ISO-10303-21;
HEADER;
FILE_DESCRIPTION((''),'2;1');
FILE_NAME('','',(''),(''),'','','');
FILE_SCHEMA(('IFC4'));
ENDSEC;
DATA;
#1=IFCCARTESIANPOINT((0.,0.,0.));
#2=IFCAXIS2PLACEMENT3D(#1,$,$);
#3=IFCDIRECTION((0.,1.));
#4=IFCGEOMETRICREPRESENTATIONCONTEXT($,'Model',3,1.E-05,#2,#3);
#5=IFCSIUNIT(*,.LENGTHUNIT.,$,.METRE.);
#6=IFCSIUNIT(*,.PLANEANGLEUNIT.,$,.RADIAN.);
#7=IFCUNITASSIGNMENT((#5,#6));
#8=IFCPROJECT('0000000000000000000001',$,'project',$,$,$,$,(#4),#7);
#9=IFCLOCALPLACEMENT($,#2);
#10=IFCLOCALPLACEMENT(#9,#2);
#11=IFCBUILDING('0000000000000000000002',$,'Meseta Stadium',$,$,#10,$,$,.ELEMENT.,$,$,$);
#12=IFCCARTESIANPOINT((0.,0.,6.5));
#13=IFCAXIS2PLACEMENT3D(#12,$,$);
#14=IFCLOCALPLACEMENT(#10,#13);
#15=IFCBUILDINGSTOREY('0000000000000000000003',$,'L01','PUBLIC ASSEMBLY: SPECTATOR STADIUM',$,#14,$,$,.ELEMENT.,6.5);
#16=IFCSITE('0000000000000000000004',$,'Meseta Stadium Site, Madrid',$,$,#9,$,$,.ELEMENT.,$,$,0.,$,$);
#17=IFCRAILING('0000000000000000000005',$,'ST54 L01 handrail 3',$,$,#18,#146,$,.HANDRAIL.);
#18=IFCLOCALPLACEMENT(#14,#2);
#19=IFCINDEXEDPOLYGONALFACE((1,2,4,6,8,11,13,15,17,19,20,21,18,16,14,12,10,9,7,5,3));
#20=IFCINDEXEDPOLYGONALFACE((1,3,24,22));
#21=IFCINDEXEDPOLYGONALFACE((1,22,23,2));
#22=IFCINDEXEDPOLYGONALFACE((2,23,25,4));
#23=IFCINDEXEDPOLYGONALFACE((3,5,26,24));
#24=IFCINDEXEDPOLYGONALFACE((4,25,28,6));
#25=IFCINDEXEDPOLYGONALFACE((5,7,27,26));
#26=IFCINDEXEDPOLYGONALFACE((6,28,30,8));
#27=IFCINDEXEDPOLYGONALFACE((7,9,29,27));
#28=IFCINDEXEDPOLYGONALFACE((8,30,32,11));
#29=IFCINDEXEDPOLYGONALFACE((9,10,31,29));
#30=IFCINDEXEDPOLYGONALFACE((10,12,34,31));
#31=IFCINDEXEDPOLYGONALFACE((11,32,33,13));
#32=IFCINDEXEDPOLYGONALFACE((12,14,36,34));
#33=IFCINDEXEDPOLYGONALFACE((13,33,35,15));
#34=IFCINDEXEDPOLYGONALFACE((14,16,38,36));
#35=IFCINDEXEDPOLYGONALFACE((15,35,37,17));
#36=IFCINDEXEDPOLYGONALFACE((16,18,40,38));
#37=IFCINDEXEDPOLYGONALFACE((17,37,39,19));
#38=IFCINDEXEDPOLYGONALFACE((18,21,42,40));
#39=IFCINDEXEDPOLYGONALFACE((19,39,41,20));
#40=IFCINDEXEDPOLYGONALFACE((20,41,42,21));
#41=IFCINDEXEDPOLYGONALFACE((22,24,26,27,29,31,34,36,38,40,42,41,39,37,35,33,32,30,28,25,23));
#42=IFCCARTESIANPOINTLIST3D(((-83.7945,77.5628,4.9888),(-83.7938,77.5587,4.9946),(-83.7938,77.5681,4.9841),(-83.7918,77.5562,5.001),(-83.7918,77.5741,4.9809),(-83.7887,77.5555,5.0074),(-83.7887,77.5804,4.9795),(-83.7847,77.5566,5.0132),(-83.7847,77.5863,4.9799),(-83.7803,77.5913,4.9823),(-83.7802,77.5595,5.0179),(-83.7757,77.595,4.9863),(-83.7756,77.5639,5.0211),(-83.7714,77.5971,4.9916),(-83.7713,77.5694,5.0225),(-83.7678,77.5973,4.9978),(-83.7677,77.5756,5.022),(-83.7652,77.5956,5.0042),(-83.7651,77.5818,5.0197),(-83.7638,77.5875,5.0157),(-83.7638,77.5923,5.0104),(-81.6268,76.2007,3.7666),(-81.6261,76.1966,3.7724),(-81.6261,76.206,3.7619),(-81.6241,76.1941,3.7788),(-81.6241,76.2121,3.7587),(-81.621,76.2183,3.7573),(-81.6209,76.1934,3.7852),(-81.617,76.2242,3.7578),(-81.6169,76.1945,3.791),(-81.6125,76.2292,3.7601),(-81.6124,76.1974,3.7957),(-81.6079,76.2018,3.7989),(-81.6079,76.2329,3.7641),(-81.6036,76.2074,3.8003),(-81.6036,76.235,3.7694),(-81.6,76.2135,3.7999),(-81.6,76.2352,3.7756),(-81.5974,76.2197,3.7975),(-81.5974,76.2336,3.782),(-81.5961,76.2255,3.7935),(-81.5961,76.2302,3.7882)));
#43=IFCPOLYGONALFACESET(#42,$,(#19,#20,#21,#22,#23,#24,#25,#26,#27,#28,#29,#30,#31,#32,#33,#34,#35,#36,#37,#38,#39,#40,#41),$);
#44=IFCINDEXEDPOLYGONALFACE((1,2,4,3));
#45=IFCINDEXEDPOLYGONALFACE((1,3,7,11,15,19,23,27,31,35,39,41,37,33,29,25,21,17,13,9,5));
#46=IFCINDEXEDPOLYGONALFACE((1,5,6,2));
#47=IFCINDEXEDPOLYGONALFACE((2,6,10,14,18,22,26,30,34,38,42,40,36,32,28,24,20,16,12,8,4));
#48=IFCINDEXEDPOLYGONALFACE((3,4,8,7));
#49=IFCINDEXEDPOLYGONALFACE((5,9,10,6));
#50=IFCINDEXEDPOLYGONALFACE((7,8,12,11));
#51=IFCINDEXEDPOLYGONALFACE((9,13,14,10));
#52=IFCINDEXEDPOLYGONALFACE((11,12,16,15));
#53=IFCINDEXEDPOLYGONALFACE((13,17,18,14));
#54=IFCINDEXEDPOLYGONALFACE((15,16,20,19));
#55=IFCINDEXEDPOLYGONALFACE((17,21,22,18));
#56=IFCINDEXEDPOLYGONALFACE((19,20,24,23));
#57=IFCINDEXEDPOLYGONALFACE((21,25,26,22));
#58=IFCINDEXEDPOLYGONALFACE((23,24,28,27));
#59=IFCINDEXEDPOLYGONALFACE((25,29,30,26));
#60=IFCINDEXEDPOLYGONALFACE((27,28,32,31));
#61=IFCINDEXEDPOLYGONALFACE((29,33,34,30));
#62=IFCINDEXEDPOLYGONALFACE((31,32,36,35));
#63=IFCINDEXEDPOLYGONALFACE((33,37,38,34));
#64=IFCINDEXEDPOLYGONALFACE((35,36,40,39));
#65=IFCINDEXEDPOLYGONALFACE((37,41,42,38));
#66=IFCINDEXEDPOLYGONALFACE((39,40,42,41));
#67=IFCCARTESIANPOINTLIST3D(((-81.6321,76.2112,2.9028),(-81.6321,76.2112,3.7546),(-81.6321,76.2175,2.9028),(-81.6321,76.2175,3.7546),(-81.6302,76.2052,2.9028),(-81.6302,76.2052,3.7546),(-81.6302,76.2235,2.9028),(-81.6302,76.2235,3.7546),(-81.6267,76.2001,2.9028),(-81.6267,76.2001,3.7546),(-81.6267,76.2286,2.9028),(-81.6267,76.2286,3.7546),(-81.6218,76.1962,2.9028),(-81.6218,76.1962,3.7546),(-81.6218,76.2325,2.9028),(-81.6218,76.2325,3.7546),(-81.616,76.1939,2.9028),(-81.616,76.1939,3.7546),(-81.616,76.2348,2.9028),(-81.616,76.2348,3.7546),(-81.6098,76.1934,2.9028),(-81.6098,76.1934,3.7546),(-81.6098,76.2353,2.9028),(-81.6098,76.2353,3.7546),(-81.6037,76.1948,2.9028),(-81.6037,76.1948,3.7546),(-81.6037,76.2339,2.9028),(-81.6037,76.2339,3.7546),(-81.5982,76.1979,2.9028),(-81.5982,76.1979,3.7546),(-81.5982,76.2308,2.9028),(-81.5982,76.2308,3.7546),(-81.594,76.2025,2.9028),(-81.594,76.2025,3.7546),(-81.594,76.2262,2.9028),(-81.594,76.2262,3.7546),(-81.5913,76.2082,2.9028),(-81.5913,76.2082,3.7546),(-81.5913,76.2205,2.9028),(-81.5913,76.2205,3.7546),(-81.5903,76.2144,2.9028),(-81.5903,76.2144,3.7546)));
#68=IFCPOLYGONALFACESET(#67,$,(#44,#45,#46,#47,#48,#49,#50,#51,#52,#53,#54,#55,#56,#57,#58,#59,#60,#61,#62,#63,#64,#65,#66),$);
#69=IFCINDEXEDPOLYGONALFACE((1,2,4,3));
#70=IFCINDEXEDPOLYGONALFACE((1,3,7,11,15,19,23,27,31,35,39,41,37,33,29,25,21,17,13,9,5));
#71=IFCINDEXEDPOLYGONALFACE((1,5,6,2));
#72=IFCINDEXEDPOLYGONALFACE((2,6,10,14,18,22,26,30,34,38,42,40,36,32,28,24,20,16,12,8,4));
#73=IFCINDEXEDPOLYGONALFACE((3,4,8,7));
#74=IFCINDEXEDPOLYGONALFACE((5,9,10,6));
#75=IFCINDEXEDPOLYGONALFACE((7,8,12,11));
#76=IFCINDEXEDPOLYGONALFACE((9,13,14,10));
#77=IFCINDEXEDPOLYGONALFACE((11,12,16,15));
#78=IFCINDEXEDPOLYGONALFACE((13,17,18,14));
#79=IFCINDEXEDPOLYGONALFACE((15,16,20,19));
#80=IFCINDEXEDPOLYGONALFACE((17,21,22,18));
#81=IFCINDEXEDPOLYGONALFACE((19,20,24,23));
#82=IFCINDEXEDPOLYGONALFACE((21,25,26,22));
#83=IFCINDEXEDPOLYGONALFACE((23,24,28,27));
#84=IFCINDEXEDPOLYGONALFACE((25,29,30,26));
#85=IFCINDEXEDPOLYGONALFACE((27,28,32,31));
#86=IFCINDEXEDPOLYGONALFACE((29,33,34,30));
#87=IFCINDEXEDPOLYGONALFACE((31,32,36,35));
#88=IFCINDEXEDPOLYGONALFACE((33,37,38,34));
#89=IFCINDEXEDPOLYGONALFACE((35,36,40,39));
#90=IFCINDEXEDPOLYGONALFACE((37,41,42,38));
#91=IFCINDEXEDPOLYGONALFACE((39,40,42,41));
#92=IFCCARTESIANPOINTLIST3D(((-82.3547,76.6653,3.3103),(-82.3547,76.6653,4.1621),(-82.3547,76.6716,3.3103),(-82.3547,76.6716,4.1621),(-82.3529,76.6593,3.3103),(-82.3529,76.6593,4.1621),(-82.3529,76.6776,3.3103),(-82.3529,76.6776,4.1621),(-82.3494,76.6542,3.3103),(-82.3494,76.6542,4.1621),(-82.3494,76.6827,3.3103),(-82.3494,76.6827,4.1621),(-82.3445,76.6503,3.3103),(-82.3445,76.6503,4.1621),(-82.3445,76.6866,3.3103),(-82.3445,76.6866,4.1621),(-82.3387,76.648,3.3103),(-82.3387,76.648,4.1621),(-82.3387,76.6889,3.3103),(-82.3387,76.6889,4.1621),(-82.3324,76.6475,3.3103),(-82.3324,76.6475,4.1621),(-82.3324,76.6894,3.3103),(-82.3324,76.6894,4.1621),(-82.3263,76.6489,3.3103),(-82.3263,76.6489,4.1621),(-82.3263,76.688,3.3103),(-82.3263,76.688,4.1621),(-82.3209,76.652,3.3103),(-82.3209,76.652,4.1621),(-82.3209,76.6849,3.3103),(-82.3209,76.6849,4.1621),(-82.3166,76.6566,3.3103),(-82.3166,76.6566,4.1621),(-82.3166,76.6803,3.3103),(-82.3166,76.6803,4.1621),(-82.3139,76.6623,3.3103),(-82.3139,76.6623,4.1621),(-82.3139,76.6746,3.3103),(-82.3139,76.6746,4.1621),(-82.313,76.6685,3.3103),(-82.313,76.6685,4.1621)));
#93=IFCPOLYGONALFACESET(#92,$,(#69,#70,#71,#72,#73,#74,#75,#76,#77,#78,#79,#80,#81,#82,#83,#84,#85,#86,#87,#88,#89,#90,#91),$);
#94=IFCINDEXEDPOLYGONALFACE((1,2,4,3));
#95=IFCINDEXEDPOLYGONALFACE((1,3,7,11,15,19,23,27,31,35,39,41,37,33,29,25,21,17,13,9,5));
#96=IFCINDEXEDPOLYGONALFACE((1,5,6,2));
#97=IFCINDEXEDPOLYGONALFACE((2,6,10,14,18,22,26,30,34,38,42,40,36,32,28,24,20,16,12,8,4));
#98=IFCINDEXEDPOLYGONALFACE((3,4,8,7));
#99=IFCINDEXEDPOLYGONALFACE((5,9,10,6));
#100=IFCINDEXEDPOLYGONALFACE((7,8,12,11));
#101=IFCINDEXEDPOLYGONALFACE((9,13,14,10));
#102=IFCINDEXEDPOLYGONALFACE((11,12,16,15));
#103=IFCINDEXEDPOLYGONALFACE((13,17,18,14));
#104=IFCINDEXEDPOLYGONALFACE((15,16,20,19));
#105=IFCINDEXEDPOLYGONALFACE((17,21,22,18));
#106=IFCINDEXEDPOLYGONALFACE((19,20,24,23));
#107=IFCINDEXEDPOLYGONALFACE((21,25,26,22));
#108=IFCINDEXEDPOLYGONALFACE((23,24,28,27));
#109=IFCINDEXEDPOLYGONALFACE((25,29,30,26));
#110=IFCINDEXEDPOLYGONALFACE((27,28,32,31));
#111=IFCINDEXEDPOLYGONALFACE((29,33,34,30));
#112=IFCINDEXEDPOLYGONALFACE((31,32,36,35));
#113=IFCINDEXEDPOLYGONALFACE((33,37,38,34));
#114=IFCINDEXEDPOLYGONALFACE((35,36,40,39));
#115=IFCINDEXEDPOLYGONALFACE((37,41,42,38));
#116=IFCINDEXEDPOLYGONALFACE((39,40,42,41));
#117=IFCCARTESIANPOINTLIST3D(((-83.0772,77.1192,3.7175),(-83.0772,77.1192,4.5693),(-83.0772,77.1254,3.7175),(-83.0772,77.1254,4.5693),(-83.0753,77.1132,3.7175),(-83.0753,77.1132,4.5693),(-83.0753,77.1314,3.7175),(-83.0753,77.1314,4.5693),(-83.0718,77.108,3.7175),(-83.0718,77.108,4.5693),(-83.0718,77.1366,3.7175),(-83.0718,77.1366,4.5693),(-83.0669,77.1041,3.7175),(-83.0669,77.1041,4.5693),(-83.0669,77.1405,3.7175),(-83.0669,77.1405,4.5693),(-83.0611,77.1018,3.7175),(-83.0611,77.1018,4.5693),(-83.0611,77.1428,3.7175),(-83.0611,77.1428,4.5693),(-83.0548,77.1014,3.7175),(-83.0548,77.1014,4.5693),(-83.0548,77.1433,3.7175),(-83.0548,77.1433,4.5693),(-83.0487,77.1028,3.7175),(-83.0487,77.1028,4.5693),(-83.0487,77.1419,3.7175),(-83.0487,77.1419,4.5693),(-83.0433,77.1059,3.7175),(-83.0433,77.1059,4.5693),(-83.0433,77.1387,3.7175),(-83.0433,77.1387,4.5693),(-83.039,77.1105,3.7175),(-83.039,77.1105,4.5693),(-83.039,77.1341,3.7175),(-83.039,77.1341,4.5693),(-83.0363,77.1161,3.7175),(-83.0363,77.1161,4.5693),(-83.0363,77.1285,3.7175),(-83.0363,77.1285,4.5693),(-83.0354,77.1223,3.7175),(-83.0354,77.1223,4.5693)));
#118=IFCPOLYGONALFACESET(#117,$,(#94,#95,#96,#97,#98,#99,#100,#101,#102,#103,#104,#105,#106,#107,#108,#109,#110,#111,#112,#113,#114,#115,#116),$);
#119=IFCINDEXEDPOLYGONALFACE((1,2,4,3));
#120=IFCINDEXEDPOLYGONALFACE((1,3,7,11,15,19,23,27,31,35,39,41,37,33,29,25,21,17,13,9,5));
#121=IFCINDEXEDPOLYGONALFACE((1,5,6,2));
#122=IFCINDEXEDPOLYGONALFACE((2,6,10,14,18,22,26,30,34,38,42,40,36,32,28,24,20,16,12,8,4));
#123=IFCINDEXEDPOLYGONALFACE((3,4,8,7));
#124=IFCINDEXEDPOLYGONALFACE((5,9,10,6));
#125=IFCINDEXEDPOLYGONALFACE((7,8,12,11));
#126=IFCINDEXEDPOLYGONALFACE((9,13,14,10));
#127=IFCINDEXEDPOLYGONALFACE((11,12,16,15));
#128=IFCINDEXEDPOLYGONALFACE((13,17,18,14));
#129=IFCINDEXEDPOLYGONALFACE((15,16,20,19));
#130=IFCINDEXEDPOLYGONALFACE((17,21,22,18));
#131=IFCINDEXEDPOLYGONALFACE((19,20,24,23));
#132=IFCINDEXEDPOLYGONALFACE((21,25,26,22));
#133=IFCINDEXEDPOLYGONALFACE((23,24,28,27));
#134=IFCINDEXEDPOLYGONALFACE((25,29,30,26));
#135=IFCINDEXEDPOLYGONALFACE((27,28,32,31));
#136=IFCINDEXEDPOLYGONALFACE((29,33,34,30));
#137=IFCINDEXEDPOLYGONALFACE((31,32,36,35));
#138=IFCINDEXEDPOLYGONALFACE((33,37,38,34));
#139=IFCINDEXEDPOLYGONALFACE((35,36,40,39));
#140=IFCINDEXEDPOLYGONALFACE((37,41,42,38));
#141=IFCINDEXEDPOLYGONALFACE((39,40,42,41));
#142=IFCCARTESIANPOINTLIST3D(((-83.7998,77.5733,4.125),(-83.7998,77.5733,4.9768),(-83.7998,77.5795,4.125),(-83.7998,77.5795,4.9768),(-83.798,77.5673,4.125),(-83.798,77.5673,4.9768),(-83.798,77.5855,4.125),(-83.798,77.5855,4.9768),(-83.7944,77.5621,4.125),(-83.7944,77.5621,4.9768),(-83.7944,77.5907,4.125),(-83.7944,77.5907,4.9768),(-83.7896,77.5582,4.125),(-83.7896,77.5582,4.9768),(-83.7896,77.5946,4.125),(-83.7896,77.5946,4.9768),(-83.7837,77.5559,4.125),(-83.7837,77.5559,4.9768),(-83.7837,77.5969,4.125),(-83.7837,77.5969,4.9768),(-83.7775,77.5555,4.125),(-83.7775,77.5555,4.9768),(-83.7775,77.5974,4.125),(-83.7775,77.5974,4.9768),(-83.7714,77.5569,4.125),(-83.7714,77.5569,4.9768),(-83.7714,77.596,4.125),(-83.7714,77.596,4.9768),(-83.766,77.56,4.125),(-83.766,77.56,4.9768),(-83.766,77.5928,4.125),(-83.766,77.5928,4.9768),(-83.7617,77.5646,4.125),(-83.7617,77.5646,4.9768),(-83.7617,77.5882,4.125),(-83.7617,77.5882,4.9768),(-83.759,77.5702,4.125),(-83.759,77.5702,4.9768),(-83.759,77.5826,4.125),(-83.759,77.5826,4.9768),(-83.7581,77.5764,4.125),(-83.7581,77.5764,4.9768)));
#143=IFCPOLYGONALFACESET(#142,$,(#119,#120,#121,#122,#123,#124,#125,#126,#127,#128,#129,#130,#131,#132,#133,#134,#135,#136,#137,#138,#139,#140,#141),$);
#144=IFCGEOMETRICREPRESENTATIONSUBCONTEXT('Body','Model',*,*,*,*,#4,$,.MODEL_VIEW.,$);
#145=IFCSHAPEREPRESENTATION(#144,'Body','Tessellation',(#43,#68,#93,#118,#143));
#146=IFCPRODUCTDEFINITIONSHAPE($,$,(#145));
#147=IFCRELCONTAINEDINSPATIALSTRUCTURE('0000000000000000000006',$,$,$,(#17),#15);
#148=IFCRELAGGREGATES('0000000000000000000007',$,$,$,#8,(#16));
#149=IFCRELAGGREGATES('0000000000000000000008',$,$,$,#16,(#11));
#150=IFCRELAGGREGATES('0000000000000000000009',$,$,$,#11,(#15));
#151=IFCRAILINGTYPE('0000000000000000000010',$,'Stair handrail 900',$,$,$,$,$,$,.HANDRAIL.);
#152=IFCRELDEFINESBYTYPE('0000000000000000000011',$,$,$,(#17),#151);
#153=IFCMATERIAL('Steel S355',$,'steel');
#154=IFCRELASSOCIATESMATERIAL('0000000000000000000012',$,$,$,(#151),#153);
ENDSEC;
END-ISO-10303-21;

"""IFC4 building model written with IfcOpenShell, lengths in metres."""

from ifc_helpers import new_model, si_unit, direction, frame, origin, origin_2d, place, context, subcontext, project, spatial, circle, extrude, material, type_object, element, save


model = new_model("IFC4")

# Units and contexts
model_context = context("Model", 3, precision=1e-05, world=origin(), true_north=direction((0.0, 1.0)))
body_context = subcontext(model_context, "Body", "Model", "MODEL_VIEW")
ifc_project = project(units=[si_unit("LENGTHUNIT", "METRE"), si_unit("PLANEANGLEUNIT", "RADIAN")], contexts=[model_context])

# Site, building, storey
site_placement = place(None, origin())
site = spatial("IfcSite", under=ifc_project, at=site_placement, Name="Meseta Stadium Site, Madrid", CompositionType="ELEMENT", RefElevation=0.0)
building_placement = place(site_placement, origin())
building = spatial("IfcBuilding", under=site, at=building_placement, Name="Meseta Stadium", CompositionType="ELEMENT")
storey_placement = place(building_placement, frame((0.0, 0.0, 6.5)))
storey = spatial("IfcBuildingStorey", under=building, at=storey_placement, Name="L01", Description="PUBLIC ASSEMBLY: SPECTATOR STADIUM", CompositionType="ELEMENT", Elevation=6.5)

# Railing
ifc_material_1 = material(Name="Steel S355", Category="steel")
railing_type_1 = type_object("IfcRailingType", Name="Stair handrail 900", PredefinedType="HANDRAIL", material=ifc_material_1)
for number, where, name in (
    (1, (-81.6113, 76.2144, 2.9028), "ST54 L01 handrail 3"),
):
    element("IfcRailing", number, at=place(storey_placement, frame(where)), inside=storey, type_object=railing_type_1, Name=name, PredefinedType="HANDRAIL", context=body_context, shape_type="SweptSolid", body=[
        extrude(circle(Radius=0.0239, at=origin_2d()), frame((0.0, 0.0, 0.876), z_axis=(-0.764121, 0.480125, 0.430813), x_axis=(-0.532029, -0.846726, 0.0)), (0.0, 0.0, 1.0), 2.8369),
        extrude(circle(Radius=0.021, at=origin_2d()), origin(), (0.0, 0.0, 1.0), 0.8518),
        extrude(circle(Radius=0.021, at=origin_2d()), frame((-0.7227, 0.4541, 0.4075)), (0.0, 0.0, 1.0), 0.8518),
        extrude(circle(Radius=0.021, at=origin_2d()), frame((-1.4451, 0.908, 0.8147)), (0.0, 0.0, 1.0), 0.8518),
        extrude(circle(Radius=0.021, at=origin_2d()), frame((-2.1677, 1.3621, 1.2222)), (0.0, 0.0, 1.0), 0.8518),
    ])

save(model, "model.ifc")
